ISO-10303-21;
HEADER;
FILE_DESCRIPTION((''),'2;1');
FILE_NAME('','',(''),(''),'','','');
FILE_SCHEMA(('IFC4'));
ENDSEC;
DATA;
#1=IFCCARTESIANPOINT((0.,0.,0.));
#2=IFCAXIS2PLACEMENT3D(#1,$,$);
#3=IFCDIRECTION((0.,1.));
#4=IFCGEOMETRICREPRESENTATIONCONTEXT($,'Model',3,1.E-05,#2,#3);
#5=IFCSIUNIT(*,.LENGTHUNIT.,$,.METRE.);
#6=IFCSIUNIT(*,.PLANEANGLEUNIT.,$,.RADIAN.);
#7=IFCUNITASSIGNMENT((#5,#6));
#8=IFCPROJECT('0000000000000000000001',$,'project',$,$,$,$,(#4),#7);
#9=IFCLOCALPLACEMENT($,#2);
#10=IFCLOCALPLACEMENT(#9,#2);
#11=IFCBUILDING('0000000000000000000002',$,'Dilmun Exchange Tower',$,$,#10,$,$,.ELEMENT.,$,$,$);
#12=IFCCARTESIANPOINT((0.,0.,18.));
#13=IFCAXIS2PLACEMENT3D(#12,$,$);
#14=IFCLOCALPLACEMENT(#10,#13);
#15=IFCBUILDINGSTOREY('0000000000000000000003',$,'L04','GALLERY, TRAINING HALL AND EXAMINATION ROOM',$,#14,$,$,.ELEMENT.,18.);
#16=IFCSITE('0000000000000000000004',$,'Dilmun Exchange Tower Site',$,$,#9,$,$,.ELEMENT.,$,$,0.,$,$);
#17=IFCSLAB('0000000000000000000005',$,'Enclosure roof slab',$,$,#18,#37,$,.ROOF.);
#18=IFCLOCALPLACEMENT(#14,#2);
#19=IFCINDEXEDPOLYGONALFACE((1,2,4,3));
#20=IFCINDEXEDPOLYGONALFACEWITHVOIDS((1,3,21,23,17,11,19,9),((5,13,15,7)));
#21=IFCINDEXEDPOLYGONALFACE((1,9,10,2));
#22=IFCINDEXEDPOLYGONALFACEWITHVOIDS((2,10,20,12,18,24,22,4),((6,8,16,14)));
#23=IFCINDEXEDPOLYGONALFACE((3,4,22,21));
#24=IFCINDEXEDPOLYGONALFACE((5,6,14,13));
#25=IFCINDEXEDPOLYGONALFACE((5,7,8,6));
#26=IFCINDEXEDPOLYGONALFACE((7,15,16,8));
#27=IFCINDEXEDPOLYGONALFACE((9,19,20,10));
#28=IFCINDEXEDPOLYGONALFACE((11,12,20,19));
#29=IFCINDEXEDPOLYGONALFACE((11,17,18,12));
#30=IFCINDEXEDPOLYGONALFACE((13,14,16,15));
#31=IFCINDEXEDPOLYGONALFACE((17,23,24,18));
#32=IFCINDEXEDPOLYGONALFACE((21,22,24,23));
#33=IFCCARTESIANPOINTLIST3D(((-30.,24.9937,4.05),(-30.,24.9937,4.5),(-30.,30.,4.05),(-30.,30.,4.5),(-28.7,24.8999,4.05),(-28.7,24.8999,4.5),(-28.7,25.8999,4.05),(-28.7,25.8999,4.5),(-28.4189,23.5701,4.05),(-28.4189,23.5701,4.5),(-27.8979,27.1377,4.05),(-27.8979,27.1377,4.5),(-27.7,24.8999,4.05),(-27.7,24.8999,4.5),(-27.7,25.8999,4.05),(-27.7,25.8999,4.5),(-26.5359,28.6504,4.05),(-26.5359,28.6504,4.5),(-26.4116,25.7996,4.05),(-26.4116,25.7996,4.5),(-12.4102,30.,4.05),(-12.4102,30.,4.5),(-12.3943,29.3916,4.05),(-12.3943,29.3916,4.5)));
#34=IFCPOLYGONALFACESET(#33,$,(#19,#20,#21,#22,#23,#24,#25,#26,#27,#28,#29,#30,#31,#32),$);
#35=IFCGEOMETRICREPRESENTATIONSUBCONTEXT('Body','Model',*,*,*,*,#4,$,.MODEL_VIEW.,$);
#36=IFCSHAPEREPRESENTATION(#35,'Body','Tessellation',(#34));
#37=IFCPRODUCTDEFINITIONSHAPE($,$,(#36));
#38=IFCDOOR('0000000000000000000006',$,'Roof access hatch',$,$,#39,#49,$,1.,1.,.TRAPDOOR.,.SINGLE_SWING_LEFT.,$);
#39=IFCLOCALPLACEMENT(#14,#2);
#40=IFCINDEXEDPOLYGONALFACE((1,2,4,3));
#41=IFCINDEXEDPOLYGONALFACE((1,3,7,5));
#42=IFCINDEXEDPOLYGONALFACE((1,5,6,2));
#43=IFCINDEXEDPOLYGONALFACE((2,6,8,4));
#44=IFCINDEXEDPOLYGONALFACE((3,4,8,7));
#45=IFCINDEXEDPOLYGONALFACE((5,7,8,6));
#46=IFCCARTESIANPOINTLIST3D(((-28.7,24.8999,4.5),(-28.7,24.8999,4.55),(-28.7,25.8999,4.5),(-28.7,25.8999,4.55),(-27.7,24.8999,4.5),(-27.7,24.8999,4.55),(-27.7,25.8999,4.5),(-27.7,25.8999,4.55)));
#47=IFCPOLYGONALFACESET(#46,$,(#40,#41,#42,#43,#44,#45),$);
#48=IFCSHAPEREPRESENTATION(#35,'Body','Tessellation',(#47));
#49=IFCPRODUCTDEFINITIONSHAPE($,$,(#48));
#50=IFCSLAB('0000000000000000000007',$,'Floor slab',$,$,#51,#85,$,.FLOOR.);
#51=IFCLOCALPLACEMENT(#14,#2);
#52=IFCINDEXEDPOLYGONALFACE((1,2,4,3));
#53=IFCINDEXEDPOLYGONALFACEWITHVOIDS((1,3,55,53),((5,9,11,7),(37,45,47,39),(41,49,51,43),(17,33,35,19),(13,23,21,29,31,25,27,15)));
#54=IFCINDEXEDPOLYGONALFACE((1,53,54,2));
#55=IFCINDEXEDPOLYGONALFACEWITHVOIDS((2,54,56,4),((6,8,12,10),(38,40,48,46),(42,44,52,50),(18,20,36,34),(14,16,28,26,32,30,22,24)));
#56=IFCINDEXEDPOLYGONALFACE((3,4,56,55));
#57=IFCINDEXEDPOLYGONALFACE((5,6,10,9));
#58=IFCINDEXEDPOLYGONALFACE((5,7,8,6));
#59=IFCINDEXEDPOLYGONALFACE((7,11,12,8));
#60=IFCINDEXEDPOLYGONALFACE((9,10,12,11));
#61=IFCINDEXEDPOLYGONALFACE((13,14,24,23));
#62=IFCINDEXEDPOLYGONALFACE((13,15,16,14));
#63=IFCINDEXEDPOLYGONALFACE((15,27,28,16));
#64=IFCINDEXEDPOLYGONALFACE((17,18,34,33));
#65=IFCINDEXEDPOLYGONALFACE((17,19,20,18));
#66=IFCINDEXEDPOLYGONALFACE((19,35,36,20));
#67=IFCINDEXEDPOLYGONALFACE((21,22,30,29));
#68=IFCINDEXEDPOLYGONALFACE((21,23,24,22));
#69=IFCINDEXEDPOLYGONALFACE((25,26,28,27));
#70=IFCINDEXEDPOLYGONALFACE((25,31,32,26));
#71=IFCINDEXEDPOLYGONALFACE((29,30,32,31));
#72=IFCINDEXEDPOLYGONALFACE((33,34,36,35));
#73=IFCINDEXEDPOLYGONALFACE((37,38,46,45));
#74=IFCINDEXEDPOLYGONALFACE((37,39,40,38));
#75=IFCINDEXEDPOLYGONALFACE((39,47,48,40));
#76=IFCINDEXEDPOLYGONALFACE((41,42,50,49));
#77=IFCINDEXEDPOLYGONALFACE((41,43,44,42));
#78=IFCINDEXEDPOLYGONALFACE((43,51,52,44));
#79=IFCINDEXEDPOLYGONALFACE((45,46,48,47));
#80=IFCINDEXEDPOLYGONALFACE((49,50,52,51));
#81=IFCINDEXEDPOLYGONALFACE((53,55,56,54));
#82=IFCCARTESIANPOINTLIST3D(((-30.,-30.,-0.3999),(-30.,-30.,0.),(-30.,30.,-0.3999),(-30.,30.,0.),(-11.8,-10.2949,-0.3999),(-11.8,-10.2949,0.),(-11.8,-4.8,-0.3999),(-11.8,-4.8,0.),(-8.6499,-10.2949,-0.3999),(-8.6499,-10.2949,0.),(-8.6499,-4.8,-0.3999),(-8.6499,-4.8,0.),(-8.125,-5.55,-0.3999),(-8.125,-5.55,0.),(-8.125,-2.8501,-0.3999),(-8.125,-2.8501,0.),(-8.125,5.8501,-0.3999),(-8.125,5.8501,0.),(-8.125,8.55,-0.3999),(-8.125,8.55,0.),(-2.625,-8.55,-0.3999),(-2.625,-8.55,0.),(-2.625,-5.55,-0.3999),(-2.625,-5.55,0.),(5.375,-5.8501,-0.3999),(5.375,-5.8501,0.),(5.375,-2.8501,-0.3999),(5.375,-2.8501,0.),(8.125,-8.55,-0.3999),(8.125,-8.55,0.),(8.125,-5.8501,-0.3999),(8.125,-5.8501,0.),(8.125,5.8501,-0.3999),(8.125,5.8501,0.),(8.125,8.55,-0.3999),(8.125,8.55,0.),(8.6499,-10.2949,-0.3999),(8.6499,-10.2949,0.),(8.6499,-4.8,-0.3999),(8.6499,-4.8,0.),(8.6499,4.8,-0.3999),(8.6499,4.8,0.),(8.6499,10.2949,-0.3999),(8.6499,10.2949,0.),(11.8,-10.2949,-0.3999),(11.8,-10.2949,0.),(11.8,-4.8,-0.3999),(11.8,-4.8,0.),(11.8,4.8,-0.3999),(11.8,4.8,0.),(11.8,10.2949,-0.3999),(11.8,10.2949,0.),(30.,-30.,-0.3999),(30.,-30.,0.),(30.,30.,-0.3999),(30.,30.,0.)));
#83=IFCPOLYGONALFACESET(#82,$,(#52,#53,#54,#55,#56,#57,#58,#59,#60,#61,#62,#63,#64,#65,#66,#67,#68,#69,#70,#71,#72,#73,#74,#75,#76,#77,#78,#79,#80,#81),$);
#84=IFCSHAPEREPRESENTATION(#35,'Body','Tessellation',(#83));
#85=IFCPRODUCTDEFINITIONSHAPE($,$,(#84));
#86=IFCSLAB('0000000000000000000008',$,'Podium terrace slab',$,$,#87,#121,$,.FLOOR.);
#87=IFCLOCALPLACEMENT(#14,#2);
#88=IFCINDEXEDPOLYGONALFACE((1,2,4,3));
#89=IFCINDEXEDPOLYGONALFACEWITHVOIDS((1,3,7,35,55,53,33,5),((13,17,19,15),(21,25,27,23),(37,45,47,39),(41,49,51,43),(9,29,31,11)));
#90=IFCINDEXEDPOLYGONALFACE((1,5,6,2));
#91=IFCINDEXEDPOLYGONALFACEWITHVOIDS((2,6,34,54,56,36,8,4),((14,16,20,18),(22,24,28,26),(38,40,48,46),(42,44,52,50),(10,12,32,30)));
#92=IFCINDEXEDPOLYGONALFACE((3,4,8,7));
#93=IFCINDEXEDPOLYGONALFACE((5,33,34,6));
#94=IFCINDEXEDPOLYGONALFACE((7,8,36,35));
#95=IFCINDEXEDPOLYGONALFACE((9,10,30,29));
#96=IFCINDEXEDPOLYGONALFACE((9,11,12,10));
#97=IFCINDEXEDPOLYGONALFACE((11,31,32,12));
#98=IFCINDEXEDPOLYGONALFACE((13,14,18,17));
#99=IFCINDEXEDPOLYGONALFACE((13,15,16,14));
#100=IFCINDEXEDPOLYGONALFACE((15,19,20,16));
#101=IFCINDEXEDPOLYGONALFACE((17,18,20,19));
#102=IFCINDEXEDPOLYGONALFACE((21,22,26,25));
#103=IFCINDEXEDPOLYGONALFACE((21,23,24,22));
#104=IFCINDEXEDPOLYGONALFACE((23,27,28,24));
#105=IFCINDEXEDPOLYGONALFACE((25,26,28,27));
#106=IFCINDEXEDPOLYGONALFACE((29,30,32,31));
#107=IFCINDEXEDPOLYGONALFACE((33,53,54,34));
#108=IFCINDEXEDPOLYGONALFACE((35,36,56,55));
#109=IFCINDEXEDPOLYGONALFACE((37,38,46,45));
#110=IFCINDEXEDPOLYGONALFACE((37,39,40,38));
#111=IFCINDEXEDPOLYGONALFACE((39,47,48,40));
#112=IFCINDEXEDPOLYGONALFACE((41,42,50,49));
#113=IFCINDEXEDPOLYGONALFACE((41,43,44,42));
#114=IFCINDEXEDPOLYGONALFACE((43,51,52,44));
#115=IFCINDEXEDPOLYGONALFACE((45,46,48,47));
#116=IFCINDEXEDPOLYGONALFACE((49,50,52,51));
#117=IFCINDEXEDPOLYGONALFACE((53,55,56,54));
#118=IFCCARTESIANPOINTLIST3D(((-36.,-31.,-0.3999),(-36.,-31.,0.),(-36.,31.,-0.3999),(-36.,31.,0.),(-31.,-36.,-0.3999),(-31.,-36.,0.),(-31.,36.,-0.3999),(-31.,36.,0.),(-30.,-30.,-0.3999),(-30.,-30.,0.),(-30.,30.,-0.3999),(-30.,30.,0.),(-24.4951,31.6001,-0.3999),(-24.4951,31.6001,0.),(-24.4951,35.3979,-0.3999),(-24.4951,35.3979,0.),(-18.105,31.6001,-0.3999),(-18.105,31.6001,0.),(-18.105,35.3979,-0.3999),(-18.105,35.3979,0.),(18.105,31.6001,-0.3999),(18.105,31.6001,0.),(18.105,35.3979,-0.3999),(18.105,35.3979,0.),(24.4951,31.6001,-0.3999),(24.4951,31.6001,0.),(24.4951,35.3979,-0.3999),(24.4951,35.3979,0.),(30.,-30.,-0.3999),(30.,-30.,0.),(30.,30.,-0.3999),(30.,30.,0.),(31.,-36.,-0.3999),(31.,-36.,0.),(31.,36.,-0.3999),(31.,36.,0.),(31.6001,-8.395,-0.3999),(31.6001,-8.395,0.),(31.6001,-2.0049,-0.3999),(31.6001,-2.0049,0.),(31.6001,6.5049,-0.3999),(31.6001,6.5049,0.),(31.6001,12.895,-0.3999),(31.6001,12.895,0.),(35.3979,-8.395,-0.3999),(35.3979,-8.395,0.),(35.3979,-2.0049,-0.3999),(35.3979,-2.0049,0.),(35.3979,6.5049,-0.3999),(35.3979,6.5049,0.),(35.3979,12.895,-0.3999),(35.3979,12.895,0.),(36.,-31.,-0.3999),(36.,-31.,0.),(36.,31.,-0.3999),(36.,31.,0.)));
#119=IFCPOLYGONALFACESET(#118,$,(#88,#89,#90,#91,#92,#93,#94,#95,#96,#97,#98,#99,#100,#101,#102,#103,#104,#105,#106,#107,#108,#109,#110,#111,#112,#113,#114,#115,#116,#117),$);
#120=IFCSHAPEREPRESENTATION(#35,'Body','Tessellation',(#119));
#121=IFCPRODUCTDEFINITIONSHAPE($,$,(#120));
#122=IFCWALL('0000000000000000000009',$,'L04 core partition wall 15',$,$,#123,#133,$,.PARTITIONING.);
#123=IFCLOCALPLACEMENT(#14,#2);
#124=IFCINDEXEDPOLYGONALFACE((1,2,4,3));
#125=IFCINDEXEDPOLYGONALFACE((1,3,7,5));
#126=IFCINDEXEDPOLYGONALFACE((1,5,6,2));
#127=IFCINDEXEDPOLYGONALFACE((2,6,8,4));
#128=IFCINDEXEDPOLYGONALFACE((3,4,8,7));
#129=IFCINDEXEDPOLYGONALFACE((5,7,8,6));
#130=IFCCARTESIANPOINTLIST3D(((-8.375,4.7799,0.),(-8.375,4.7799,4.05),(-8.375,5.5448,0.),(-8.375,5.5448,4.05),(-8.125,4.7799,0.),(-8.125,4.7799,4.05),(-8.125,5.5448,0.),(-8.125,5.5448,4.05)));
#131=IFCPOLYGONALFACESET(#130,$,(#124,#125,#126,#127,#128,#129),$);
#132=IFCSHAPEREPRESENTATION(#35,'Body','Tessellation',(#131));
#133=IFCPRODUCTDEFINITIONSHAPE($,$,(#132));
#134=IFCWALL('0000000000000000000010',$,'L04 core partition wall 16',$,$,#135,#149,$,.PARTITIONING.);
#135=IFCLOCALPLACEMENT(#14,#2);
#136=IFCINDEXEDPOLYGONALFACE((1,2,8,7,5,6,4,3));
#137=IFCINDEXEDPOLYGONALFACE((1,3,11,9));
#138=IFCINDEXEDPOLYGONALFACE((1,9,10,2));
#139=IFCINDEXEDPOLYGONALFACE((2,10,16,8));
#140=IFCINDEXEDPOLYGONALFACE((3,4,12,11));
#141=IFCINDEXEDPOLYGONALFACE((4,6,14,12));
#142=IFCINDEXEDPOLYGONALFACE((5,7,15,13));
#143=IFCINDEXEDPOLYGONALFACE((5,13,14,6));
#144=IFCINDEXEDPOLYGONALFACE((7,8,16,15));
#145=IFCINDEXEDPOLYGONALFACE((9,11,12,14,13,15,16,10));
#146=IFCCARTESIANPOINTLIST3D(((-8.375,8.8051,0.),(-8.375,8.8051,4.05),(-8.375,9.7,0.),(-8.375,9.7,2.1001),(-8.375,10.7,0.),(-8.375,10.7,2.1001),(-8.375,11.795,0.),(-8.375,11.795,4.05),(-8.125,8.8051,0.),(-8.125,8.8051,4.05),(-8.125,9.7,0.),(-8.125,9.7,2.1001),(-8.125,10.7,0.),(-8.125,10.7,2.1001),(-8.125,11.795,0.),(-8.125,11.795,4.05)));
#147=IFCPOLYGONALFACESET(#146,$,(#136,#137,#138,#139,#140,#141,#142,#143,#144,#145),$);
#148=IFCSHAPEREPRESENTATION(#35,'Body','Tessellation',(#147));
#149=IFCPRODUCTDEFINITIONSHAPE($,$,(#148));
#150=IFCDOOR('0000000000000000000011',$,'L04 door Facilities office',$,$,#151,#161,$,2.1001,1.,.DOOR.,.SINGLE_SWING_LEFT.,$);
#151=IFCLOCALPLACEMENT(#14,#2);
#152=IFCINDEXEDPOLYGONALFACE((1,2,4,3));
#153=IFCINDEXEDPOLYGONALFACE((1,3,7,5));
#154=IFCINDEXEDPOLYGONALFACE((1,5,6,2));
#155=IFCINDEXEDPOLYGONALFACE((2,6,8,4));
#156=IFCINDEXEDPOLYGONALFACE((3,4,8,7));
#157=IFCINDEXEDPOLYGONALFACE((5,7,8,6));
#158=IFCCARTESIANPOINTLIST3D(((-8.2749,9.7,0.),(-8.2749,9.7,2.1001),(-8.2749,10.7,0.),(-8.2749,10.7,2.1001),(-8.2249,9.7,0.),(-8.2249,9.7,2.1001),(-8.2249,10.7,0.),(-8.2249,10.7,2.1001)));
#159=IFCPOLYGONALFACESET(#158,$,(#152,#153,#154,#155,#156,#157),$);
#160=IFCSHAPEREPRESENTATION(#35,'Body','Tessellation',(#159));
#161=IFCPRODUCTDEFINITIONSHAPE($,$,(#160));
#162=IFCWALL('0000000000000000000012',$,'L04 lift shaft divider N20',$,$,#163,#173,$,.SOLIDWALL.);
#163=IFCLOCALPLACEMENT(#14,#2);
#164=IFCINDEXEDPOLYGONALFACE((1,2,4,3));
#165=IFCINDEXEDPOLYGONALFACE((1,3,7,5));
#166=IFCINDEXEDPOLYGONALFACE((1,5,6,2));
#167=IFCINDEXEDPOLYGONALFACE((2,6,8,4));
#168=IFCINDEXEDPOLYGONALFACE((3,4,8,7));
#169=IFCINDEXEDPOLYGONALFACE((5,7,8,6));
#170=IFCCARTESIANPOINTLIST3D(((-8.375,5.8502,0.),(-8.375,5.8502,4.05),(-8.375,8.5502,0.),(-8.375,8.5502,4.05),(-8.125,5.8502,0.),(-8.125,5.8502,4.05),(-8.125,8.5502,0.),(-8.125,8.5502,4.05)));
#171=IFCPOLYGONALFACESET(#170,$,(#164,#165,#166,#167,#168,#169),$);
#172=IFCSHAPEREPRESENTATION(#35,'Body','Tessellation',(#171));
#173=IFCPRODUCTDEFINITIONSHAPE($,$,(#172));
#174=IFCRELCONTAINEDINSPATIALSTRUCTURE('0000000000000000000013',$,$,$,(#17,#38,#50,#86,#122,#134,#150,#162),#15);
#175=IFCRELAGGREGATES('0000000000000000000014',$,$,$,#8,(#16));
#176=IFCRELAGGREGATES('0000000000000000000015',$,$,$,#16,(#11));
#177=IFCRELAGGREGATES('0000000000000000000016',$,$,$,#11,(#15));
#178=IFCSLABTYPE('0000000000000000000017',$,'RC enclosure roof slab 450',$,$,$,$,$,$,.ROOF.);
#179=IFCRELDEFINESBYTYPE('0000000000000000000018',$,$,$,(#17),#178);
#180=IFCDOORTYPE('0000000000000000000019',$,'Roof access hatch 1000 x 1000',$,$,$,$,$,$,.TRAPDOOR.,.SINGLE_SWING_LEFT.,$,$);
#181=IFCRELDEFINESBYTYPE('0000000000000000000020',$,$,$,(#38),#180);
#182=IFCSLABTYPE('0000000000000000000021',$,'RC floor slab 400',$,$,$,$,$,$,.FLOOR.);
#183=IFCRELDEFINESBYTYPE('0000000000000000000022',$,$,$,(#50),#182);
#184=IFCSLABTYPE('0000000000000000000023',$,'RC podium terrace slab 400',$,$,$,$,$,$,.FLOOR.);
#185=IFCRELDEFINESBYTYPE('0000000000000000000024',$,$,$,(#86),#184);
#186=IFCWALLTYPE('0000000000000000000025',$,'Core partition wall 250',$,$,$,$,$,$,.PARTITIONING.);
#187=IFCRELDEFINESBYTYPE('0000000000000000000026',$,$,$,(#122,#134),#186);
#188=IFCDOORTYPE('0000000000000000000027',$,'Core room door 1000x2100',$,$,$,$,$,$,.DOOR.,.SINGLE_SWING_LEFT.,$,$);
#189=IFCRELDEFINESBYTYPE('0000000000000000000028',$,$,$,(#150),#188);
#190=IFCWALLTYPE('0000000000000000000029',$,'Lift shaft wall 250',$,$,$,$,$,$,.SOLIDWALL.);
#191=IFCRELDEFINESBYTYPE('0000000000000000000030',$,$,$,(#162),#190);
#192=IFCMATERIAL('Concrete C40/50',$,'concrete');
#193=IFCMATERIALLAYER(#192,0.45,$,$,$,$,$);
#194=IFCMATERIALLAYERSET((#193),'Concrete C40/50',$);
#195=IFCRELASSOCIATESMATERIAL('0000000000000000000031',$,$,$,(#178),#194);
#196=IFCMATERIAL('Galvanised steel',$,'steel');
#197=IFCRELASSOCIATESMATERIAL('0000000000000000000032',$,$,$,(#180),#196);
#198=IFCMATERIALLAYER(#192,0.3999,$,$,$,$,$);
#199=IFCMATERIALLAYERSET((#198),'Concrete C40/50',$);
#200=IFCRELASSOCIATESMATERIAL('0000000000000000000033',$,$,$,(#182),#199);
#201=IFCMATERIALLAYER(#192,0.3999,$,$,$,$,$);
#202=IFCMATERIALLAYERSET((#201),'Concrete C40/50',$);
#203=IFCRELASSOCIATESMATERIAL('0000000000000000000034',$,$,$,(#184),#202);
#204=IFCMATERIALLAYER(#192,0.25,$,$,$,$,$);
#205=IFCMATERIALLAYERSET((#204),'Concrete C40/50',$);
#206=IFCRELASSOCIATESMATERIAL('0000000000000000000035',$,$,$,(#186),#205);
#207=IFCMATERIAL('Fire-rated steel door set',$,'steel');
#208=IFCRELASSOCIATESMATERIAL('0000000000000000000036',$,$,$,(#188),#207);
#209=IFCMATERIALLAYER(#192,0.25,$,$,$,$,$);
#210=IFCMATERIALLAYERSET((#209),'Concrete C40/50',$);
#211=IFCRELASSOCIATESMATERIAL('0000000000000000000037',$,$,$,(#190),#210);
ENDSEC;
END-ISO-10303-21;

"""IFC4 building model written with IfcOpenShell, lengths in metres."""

from ifc_helpers import new_model, si_unit, direction, frame, frame_2d, origin, origin_2d, place, context, subcontext, project, spatial, polyline, rectangle, outline, extrude, material, layer, layer_set, type_object, element, fill, save


model = new_model("IFC4")

# Units and contexts
model_context = context("Model", 3, precision=1e-05, world=origin(), true_north=direction((0.0, 1.0)))
body_context = subcontext(model_context, "Body", "Model", "MODEL_VIEW")
ifc_project = project(units=[si_unit("LENGTHUNIT", "METRE"), si_unit("PLANEANGLEUNIT", "RADIAN")], contexts=[model_context])

# Site, building, storey
site_placement = place(None, origin())
site = spatial("IfcSite", under=ifc_project, at=site_placement, Name="Dilmun Exchange Tower Site", CompositionType="ELEMENT", RefElevation=0.0)
building_placement = place(site_placement, origin())
building = spatial("IfcBuilding", under=site, at=building_placement, Name="Dilmun Exchange Tower", CompositionType="ELEMENT")
storey_placement = place(building_placement, frame((0.0, 0.0, 18.0)))
storey = spatial("IfcBuildingStorey", under=building, at=storey_placement, Name="L04", Description="GALLERY, TRAINING HALL AND EXAMINATION ROOM", CompositionType="ELEMENT", Elevation=18.0)

# Slab, opening, door
ifc_material_1 = material(Name="Concrete C40/50", Category="concrete")
ifc_layer_1 = layer(ifc_material_1, 0.45)
ifc_layer_set_1 = layer_set([ifc_layer_1], Name="Concrete C40/50")
slab_type_1 = type_object("IfcSlabType", Name="RC enclosure roof slab 450", PredefinedType="ROOF", material=ifc_layer_set_1)
slab_1_placement = place(storey_placement, frame((0.0, 0.0, 4.05)))
slab_1 = element("IfcSlab", 1, at=slab_1_placement, inside=storey, type_object=slab_type_1, Name="Enclosure roof slab", PredefinedType="ROOF", context=body_context, shape_type="SweptSolid", body=[
    extrude(outline(polyline([(-30.0, 24.9937), (-30.0, 30.0), (-12.4102, 30.0), (-12.3943, 29.3916), (-26.5359, 28.6504), (-27.8979, 27.1377), (-26.4116, 25.7996), (-28.4189, 23.5701), (-30.0, 24.9937)])), origin(), (0.0, 0.0, 1.0), 0.45),
])
opening_1_placement = place(slab_1_placement, frame((-28.2, 25.3999, 0.0)))
opening_1 = element("IfcOpeningElement", 2, at=opening_1_placement, cuts=slab_1, PredefinedType="OPENING", context=body_context, shape_type="SweptSolid", body=[
    extrude(rectangle(XDim=1.0, YDim=1.0, at=origin_2d()), origin(), (0.0, 0.0, 1.0), 0.5),
])
ifc_material_2 = material(Name="Galvanised steel", Category="steel")
door_type_1 = type_object("IfcDoorType", Name="Roof access hatch 1000 x 1000", OperationType="SINGLE_SWING_LEFT", PredefinedType="TRAPDOOR", material=ifc_material_2)
door_1_placement = place(opening_1_placement, frame((0.0, 0.0, 0.45)))
door_1 = element("IfcDoor", 3, at=door_1_placement, inside=storey, type_object=door_type_1, Name="Roof access hatch", OperationType="SINGLE_SWING_LEFT", OverallHeight=1.0, OverallWidth=1.0, PredefinedType="TRAPDOOR", context=body_context, shape_type="SweptSolid", body=[
    extrude(rectangle(XDim=1.0, YDim=1.0, at=origin_2d()), origin(), (0.0, 0.0, 1.0), 0.05),
])
fill(opening_1, door_1)

# Slabs
ifc_layer_2 = layer(ifc_material_1, 0.3999)
ifc_layer_set_2 = layer_set([ifc_layer_2], Name="Concrete C40/50")
slab_type_2 = type_object("IfcSlabType", Name="RC floor slab 400", PredefinedType="FLOOR", material=ifc_layer_set_2)
slab_2_placement = place(storey_placement, frame((0.0, 0.0, -0.3999)))
element("IfcSlab", 4, at=slab_2_placement, inside=storey, type_object=slab_type_2, Name="Floor slab", PredefinedType="FLOOR", context=body_context, shape_type="SweptSolid", body=[
    extrude(outline(polyline([(-30.0, 30.0), (30.0, 30.0), (30.0, -30.0), (-30.0, -30.0), (-30.0, 30.0)]), holes=[polyline([(-8.6499, -10.2949), (-8.6499, -4.8), (-11.8, -4.8), (-11.8, -10.2949), (-8.6499, -10.2949)]), polyline([(11.8, -10.2949), (11.8, -4.8), (8.6499, -4.8), (8.6499, -10.2949), (11.8, -10.2949)]), polyline([(5.375, -2.8501), (-8.125, -2.8501), (-8.125, -5.55), (-2.625, -5.55), (-2.625, -8.55), (8.125, -8.55), (8.125, -5.8501), (5.375, -5.8501), (5.375, -2.8501)]), polyline([(-8.125, 5.8501), (8.125, 5.8501), (8.125, 8.55), (-8.125, 8.55), (-8.125, 5.8501)]), polyline([(8.6499, 10.2949), (8.6499, 4.8), (11.8, 4.8), (11.8, 10.2949), (8.6499, 10.2949)])]), origin(), (0.0, 0.0, 1.0), 0.3999),
])
ifc_layer_3 = layer(ifc_material_1, 0.3999)
ifc_layer_set_3 = layer_set([ifc_layer_3], Name="Concrete C40/50")
slab_type_3 = type_object("IfcSlabType", Name="RC podium terrace slab 400", PredefinedType="FLOOR", material=ifc_layer_set_3)
slab_3_placement = place(storey_placement, frame((0.0, 0.0, -0.3999)))
element("IfcSlab", 5, at=slab_3_placement, inside=storey, type_object=slab_type_3, Name="Podium terrace slab", PredefinedType="FLOOR", context=body_context, shape_type="SweptSolid", body=[
    extrude(outline(polyline([(-36.0, 31.0), (-31.0, 36.0), (31.0, 36.0), (36.0, 31.0), (36.0, -31.0), (31.0, -36.0), (-31.0, -36.0), (-36.0, -31.0), (-36.0, 31.0)]), holes=[polyline([(30.0, 30.0), (-30.0, 30.0), (-30.0, -30.0), (30.0, -30.0), (30.0, 30.0)]), polyline([(35.3979, -8.395), (35.3979, -2.0049), (31.6001, -2.0049), (31.6001, -8.395), (35.3979, -8.395)]), polyline([(31.6001, 12.895), (31.6001, 6.5049), (35.3979, 6.5049), (35.3979, 12.895), (31.6001, 12.895)]), polyline([(-18.105, 31.6001), (-18.105, 35.3979), (-24.4951, 35.3979), (-24.4951, 31.6001), (-18.105, 31.6001)]), polyline([(18.105, 35.3979), (18.105, 31.6001), (24.4951, 31.6001), (24.4951, 35.3979), (18.105, 35.3979)])]), origin(), (0.0, 0.0, 1.0), 0.3999),
])

# Wall
ifc_layer_4 = layer(ifc_material_1, 0.25)
ifc_layer_set_4 = layer_set([ifc_layer_4], Name="Concrete C40/50")
wall_type_1 = type_object("IfcWallType", Name="Core partition wall 250", PredefinedType="PARTITIONING", material=ifc_layer_set_4)
wall_1_placement = place(storey_placement, frame((-8.25, 4.78, 0.0), z_axis=(0.0, 0.0, 1.0), x_axis=(0.0, 1.0, 0.0)))
element("IfcWall", 6, at=wall_1_placement, inside=storey, type_object=wall_type_1, Name="L04 core partition wall 15", PredefinedType="PARTITIONING", context=body_context, shape_type="SweptSolid", body=[
    extrude(rectangle(XDim=0.7649, YDim=0.25, at=frame_2d((0.3823, 0.0))), origin(), (0.0, 0.0, 1.0), 4.05),
])

# Wall, opening, door
wall_2_placement = place(storey_placement, frame((-8.25, 8.8049, 0.0), z_axis=(0.0, 0.0, 1.0), x_axis=(0.0, 1.0, 0.0)))
wall_2 = element("IfcWall", 7, at=wall_2_placement, inside=storey, type_object=wall_type_1, Name="L04 core partition wall 16", PredefinedType="PARTITIONING", context=body_context, shape_type="SweptSolid", body=[
    extrude(rectangle(XDim=2.99, YDim=0.25, at=frame_2d((1.4951, 0.0))), origin(), (0.0, 0.0, 1.0), 4.05),
])
opening_2_placement = place(wall_2_placement, frame((0.895, 0.0, 0.0)))
opening_2 = element("IfcOpeningElement", 8, at=opening_2_placement, cuts=wall_2, PredefinedType="OPENING", context=body_context, shape_type="SweptSolid", body=[
    extrude(rectangle(XDim=1.0, YDim=2.1001, at=frame_2d((0.5, 1.05))), frame((0.0, 0.135, 0.0), z_axis=(0.0, -1.0, 0.0), x_axis=(1.0, 0.0, 0.0)), (0.0, 0.0, 1.0), 0.27),
])
ifc_material_3 = material(Name="Fire-rated steel door set", Category="steel")
door_type_2 = type_object("IfcDoorType", Name="Core room door 1000x2100", OperationType="SINGLE_SWING_LEFT", PredefinedType="DOOR", material=ifc_material_3)
door_2_placement = place(opening_2_placement, origin())
door_2 = element("IfcDoor", 9, at=door_2_placement, inside=storey, type_object=door_type_2, Name="L04 door Facilities office", OperationType="SINGLE_SWING_LEFT", OverallHeight=2.1001, OverallWidth=1.0, PredefinedType="DOOR", context=body_context, shape_type="SweptSolid", body=[
    extrude(rectangle(XDim=1.0, YDim=2.1001, at=frame_2d((0.5, 1.05))), frame((0.0, 0.0249, 0.0), z_axis=(0.0, -1.0, 0.0), x_axis=(1.0, 0.0, 0.0)), (0.0, 0.0, 1.0), 0.05),
])
fill(opening_2, door_2)

# Wall
ifc_layer_5 = layer(ifc_material_1, 0.25)
ifc_layer_set_5 = layer_set([ifc_layer_5], Name="Concrete C40/50")
wall_type_2 = type_object("IfcWallType", Name="Lift shaft wall 250", PredefinedType="SOLIDWALL", material=ifc_layer_set_5)
for number, where, z_axis, x_axis, name in (
    (10, (-8.25, 5.8501, 0.0), (0.0, 0.0, 1.0), (0.0, 1.0, 0.0), "L04 lift shaft divider N20"),
):
    element("IfcWall", number, at=place(storey_placement, frame(where, z_axis=z_axis, x_axis=x_axis)), inside=storey, type_object=wall_type_2, Name=name, PredefinedType="SOLIDWALL", context=body_context, shape_type="SweptSolid", body=[
        extrude(rectangle(XDim=2.7, YDim=0.25, at=frame_2d((1.3501, 0.0))), origin(), (0.0, 0.0, 1.0), 4.05),
    ])

save(model, "model.ifc")
